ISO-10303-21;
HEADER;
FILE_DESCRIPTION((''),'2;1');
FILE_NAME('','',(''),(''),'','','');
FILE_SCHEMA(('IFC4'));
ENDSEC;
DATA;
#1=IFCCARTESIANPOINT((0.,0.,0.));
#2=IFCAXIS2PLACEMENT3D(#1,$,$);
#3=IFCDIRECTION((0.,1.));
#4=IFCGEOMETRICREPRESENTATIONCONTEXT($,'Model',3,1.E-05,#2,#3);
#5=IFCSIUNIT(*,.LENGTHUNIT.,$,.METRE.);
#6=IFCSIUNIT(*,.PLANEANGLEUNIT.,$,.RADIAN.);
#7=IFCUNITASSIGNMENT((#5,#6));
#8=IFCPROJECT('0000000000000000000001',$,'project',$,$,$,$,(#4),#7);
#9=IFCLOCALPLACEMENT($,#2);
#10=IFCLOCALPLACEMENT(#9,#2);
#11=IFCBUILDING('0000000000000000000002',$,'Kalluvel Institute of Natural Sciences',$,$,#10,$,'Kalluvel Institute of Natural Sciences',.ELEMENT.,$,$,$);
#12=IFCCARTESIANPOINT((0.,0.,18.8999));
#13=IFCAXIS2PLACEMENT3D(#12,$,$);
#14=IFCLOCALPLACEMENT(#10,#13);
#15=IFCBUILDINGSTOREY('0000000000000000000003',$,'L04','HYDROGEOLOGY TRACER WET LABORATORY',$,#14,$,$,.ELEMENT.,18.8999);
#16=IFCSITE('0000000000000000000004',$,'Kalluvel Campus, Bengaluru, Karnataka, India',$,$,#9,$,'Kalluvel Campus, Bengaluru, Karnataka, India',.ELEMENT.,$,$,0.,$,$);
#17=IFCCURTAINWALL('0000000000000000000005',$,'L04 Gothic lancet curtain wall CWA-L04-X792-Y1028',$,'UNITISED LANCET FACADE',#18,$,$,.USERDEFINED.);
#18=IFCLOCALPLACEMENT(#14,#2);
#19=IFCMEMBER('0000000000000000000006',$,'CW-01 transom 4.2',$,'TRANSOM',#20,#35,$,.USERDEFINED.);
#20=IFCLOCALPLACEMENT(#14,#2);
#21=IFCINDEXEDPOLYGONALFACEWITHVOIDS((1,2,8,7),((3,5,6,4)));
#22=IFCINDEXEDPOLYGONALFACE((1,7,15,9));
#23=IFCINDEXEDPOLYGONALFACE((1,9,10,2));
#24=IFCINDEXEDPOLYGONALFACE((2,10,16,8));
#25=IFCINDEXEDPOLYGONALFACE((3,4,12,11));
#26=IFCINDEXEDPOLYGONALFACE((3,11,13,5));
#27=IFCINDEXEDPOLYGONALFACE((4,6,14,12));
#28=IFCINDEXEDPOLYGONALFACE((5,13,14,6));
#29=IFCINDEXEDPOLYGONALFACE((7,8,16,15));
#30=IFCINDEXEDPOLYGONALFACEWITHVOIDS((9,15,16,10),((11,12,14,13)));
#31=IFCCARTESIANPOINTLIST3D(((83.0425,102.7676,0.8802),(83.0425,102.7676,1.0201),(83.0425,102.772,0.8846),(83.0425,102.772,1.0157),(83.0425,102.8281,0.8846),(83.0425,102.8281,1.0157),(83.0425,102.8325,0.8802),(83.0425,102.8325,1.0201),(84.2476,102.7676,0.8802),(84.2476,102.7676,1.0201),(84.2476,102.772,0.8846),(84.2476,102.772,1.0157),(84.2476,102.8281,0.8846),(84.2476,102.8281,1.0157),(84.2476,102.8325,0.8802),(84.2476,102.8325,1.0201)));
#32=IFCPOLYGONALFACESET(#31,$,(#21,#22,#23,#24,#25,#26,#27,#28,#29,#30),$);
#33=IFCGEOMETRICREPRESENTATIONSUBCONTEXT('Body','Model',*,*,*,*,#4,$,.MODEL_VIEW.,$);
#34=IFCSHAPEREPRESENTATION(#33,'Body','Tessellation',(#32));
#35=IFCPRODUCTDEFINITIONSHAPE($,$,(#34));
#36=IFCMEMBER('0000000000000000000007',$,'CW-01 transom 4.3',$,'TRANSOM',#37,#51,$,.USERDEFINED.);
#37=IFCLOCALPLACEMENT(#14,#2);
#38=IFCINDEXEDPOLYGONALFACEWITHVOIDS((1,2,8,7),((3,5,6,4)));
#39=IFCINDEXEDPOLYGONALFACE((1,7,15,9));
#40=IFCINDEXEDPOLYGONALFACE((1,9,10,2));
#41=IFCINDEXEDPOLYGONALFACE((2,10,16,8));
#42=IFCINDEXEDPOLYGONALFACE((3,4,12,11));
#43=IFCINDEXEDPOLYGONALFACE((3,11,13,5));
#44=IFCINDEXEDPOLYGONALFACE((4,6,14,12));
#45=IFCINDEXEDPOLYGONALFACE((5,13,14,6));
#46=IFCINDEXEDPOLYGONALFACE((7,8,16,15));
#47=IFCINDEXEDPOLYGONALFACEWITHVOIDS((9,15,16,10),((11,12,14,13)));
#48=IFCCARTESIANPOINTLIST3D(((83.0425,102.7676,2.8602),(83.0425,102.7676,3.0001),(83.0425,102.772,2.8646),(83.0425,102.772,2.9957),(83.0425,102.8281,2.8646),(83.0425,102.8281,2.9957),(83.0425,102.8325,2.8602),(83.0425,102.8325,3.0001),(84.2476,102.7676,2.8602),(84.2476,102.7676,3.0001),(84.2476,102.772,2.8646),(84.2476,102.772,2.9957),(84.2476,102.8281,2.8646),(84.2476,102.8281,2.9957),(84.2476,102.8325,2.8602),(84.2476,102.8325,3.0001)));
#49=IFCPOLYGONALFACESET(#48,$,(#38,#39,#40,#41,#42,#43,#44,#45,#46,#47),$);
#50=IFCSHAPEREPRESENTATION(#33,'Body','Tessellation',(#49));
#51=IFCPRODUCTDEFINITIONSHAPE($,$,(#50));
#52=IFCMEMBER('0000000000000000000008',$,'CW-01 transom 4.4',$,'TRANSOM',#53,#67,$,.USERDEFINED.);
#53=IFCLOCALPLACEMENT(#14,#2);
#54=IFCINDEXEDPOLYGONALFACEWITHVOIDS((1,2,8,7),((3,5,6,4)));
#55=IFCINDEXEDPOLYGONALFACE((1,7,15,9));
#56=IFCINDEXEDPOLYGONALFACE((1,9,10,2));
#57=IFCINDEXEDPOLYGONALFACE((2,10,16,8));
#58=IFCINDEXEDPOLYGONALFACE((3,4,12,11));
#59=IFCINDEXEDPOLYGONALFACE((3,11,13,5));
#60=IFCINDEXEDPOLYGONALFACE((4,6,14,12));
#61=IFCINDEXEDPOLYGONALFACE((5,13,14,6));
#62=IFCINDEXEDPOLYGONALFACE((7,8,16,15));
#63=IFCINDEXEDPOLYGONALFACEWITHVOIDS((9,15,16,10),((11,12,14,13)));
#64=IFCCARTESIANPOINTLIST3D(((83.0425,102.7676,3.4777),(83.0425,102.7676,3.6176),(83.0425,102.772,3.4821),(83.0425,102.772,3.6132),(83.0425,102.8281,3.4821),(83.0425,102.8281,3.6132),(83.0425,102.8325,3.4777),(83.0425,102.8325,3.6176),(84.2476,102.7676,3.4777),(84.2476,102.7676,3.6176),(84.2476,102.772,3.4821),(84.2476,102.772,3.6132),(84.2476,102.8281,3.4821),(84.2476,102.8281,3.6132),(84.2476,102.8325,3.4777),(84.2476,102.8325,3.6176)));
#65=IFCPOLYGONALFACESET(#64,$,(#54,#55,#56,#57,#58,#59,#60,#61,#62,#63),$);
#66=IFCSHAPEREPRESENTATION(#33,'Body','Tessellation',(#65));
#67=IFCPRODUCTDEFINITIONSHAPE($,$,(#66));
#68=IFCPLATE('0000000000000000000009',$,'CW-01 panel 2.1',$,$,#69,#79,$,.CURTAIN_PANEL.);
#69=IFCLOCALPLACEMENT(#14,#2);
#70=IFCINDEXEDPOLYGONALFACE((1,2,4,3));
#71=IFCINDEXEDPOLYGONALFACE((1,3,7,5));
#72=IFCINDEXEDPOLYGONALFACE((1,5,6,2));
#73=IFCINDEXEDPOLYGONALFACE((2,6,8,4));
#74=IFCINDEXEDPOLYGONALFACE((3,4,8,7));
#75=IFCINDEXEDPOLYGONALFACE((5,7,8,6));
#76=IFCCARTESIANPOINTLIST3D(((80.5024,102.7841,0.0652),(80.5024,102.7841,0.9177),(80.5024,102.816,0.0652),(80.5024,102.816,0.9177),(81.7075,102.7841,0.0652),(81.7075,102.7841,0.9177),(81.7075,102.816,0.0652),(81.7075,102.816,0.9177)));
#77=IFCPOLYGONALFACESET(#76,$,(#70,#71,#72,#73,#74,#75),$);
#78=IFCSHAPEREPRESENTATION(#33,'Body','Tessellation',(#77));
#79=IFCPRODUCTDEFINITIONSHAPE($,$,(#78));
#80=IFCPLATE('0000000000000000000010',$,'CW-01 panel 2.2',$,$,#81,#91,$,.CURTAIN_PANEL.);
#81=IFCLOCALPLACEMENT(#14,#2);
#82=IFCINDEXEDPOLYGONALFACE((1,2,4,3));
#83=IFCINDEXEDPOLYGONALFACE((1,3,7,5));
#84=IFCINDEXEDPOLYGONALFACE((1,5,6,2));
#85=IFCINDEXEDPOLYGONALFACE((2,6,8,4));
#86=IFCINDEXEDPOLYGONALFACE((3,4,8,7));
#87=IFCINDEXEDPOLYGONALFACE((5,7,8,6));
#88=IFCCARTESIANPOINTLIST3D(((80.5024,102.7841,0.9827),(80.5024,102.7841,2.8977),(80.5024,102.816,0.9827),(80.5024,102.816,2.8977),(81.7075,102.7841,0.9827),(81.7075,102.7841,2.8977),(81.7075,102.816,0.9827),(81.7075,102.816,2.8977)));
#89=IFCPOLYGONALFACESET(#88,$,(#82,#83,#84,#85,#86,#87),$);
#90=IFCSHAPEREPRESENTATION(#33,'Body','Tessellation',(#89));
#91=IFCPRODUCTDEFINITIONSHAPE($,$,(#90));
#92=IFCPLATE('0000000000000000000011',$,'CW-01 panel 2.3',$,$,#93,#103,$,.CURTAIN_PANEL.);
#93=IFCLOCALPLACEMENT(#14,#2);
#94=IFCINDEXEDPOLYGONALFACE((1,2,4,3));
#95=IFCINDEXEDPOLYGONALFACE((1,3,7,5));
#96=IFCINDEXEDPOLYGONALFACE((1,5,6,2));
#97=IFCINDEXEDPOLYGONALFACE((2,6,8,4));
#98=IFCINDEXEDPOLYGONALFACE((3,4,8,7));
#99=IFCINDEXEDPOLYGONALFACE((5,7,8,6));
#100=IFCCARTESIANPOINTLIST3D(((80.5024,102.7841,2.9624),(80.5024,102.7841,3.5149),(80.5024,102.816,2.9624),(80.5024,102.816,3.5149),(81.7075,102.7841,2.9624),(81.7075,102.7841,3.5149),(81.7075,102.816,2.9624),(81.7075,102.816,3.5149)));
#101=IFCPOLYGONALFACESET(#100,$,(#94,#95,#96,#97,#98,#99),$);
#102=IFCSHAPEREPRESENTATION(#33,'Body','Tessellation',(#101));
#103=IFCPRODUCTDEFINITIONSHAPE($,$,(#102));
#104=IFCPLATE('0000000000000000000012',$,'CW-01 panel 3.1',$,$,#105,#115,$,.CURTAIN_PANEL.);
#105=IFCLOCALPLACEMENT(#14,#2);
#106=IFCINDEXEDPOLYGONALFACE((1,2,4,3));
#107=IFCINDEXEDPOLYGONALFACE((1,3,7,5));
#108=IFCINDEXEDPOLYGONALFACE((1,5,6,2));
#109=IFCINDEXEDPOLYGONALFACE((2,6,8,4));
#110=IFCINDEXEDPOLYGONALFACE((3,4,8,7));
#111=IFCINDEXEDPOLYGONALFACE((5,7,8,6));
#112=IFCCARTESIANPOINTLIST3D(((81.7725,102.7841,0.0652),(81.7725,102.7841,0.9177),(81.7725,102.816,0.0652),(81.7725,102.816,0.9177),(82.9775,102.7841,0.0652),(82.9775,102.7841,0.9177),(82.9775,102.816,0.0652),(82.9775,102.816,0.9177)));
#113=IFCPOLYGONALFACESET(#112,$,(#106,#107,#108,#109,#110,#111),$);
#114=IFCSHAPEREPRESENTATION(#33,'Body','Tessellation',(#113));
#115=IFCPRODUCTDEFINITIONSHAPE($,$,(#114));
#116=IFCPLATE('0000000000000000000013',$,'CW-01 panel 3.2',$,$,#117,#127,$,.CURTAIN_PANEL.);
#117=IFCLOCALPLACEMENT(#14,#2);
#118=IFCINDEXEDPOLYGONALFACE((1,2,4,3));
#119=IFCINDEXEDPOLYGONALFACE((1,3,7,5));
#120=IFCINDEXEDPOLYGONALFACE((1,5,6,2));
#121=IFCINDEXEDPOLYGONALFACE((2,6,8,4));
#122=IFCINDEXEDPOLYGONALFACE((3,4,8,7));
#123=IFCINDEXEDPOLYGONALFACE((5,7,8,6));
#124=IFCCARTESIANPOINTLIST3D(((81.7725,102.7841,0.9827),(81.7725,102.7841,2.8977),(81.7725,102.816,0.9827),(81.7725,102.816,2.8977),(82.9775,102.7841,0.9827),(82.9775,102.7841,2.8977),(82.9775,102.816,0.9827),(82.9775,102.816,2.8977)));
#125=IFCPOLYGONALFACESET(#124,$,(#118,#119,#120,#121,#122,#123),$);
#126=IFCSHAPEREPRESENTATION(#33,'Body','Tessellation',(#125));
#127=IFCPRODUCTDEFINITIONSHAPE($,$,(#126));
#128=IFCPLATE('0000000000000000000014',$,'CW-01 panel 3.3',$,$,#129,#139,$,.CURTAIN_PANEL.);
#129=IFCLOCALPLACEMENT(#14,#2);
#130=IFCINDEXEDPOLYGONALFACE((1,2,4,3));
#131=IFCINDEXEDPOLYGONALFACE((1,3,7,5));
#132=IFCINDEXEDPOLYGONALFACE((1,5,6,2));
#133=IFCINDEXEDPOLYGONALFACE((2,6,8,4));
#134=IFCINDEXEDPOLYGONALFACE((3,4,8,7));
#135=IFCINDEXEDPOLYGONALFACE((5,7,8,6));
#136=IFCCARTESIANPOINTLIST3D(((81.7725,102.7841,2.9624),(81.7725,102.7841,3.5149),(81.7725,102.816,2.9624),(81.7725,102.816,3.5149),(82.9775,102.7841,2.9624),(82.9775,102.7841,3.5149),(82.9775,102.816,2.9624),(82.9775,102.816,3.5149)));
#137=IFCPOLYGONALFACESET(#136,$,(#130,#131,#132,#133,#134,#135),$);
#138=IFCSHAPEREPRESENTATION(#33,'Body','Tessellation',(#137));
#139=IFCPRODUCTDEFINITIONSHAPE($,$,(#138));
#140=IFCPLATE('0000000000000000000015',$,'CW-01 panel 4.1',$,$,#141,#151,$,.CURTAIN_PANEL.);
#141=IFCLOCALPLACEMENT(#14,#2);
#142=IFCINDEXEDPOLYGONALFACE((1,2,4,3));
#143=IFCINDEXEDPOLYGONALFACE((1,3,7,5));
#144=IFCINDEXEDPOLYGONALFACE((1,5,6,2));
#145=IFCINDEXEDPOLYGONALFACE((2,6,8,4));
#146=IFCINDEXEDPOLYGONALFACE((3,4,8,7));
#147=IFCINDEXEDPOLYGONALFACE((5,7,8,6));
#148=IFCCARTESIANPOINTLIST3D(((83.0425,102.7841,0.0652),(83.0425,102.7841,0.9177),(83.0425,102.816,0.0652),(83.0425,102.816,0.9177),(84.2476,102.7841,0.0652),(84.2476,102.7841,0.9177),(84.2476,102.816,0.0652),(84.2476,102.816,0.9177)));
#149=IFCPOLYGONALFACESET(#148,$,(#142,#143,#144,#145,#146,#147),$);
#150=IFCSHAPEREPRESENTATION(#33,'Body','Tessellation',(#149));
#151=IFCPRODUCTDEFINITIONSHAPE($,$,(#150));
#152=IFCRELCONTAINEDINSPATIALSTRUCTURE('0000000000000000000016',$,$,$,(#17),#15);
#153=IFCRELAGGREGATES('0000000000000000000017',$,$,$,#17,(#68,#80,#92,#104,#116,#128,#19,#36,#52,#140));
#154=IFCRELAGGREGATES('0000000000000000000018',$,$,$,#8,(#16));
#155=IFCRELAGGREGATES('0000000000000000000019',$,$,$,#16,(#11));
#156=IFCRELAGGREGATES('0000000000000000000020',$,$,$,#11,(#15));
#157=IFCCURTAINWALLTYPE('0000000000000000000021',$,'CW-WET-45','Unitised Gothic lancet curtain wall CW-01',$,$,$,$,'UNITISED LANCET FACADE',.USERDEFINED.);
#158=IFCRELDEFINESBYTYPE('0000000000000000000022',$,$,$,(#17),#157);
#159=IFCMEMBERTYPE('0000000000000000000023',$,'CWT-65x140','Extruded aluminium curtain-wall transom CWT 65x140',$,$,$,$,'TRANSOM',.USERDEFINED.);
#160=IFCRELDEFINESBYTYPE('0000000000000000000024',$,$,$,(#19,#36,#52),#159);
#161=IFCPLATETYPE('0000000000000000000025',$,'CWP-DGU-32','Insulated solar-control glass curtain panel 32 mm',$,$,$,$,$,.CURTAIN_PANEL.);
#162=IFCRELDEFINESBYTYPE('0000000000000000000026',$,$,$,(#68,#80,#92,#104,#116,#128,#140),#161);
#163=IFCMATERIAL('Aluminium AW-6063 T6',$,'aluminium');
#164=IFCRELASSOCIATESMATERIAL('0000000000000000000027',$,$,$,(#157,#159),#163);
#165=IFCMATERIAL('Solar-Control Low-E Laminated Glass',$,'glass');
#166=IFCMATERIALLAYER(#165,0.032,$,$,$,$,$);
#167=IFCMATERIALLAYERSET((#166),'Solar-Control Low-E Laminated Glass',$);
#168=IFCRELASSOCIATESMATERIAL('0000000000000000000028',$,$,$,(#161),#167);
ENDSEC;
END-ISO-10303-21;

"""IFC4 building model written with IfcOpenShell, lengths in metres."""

from ifc_helpers import new_model, si_unit, direction, frame, origin, origin_2d, place, context, subcontext, project, spatial, rectangle, hollow_rectangle, extrude, material, layer, layer_set, material_profile, profile_set, type_object, element, aggregate, save


model = new_model("IFC4")

# Units and contexts
model_context = context("Model", 3, precision=1e-05, world=origin(), true_north=direction((0.0, 1.0)))
body_context = subcontext(model_context, "Body", "Model", "MODEL_VIEW")
ifc_project = project(units=[si_unit("LENGTHUNIT", "METRE"), si_unit("PLANEANGLEUNIT", "RADIAN")], contexts=[model_context])

# Site, building, storey
site_placement = place(None, origin())
site = spatial("IfcSite", under=ifc_project, at=site_placement, Name="Kalluvel Campus, Bengaluru, Karnataka, India", LongName="Kalluvel Campus, Bengaluru, Karnataka, India", CompositionType="ELEMENT", RefElevation=0.0)
building_placement = place(site_placement, origin())
building = spatial("IfcBuilding", under=site, at=building_placement, Name="Kalluvel Institute of Natural Sciences", LongName="Kalluvel Institute of Natural Sciences", CompositionType="ELEMENT")
storey_placement = place(building_placement, frame((0.0, 0.0, 18.8999)))
storey = spatial("IfcBuildingStorey", under=building, at=storey_placement, Name="L04", Description="HYDROGEOLOGY TRACER WET LABORATORY", CompositionType="ELEMENT", Elevation=18.8999)

# Curtain wall, members, plates
ifc_material_1 = material(Name="Aluminium AW-6063 T6", Category="aluminium")
curtain_wall_type = type_object("IfcCurtainWallType", Name="CW-WET-45", Description="Unitised Gothic lancet curtain wall CW-01", ElementType="UNITISED LANCET FACADE", PredefinedType="USERDEFINED", material=ifc_material_1)
curtain_wall_placement = place(storey_placement, origin())
curtain_wall = element("IfcCurtainWall", 1, at=curtain_wall_placement, inside=storey, type_object=curtain_wall_type, Name="L04 Gothic lancet curtain wall CWA-L04-X792-Y1028", ObjectType="UNITISED LANCET FACADE", PredefinedType="USERDEFINED")
ifc_material_profile_1 = material_profile(ifc_material_1, hollow_rectangle(XDim=0.0649, YDim=0.1399, WallThickness=0.0044, at=origin_2d()), Name="CWT 65x140")
ifc_profile_set_1 = profile_set([ifc_material_profile_1], Name="Aluminium AW-6063 T6")
member_type_1 = type_object("IfcMemberType", Name="CWT-65x140", Description="Extruded aluminium curtain-wall transom CWT 65x140", ElementType="TRANSOM", PredefinedType="USERDEFINED", material=ifc_profile_set_1)
member_1_placement = place(storey_placement, frame((83.0425, 102.8, 0.9502), z_axis=(1.0, 0.0, 0.0), x_axis=(0.0, 1.0, 0.0)))
member_1 = element("IfcMember", 2, at=member_1_placement, type_object=member_type_1, Name="CW-01 transom 4.2", ObjectType="TRANSOM", PredefinedType="USERDEFINED", context=body_context, shape_type="SweptSolid", body=[
    extrude(hollow_rectangle(XDim=0.0649, YDim=0.1399, WallThickness=0.0044, at=origin_2d()), origin(), (0.0, 0.0, 1.0), 1.2051),
])
member_2_placement = place(storey_placement, frame((83.0425, 102.8, 2.9302), z_axis=(1.0, 0.0, 0.0), x_axis=(0.0, 1.0, 0.0)))
member_2 = element("IfcMember", 3, at=member_2_placement, type_object=member_type_1, Name="CW-01 transom 4.3", ObjectType="TRANSOM", PredefinedType="USERDEFINED", context=body_context, shape_type="SweptSolid", body=[
    extrude(hollow_rectangle(XDim=0.0649, YDim=0.1399, WallThickness=0.0044, at=origin_2d()), origin(), (0.0, 0.0, 1.0), 1.2051),
])
member_3_placement = place(storey_placement, frame((83.0425, 102.8, 3.5476), z_axis=(1.0, 0.0, 0.0), x_axis=(0.0, 1.0, 0.0)))
member_3 = element("IfcMember", 4, at=member_3_placement, type_object=member_type_1, Name="CW-01 transom 4.4", ObjectType="TRANSOM", PredefinedType="USERDEFINED", context=body_context, shape_type="SweptSolid", body=[
    extrude(hollow_rectangle(XDim=0.0649, YDim=0.1399, WallThickness=0.0044, at=origin_2d()), origin(), (0.0, 0.0, 1.0), 1.2051),
])
ifc_material_2 = material(Name="Solar-Control Low-E Laminated Glass", Category="glass")
ifc_layer = layer(ifc_material_2, 0.032)
ifc_layer_set = layer_set([ifc_layer], Name="Solar-Control Low-E Laminated Glass")
plate_type = type_object("IfcPlateType", Name="CWP-DGU-32", Description="Insulated solar-control glass curtain panel 32 mm", PredefinedType="CURTAIN_PANEL", material=ifc_layer_set)
plate_1_placement = place(storey_placement, frame((81.105, 102.8, 0.0652), z_axis=(0.0, 0.0, 1.0), x_axis=(1.0, 0.0, 0.0)))
plate_1 = element("IfcPlate", 5, at=plate_1_placement, type_object=plate_type, Name="CW-01 panel 2.1", PredefinedType="CURTAIN_PANEL", context=body_context, shape_type="SweptSolid", body=[
    extrude(rectangle(XDim=1.2051, YDim=0.032, at=origin_2d()), origin(), (0.0, 0.0, 1.0), 0.8525),
])
plate_2_placement = place(storey_placement, frame((81.105, 102.8, 0.9827), z_axis=(0.0, 0.0, 1.0), x_axis=(1.0, 0.0, 0.0)))
plate_2 = element("IfcPlate", 6, at=plate_2_placement, type_object=plate_type, Name="CW-01 panel 2.2", PredefinedType="CURTAIN_PANEL", context=body_context, shape_type="SweptSolid", body=[
    extrude(rectangle(XDim=1.2051, YDim=0.032, at=origin_2d()), origin(), (0.0, 0.0, 1.0), 1.915),
])
plate_3_placement = place(storey_placement, frame((81.105, 102.8, 2.9624), z_axis=(0.0, 0.0, 1.0), x_axis=(1.0, 0.0, 0.0)))
plate_3 = element("IfcPlate", 7, at=plate_3_placement, type_object=plate_type, Name="CW-01 panel 2.3", PredefinedType="CURTAIN_PANEL", context=body_context, shape_type="SweptSolid", body=[
    extrude(rectangle(XDim=1.2051, YDim=0.032, at=origin_2d()), origin(), (0.0, 0.0, 1.0), 0.5525),
])
plate_4_placement = place(storey_placement, frame((82.375, 102.8, 0.0652), z_axis=(0.0, 0.0, 1.0), x_axis=(1.0, 0.0, 0.0)))
plate_4 = element("IfcPlate", 8, at=plate_4_placement, type_object=plate_type, Name="CW-01 panel 3.1", PredefinedType="CURTAIN_PANEL", context=body_context, shape_type="SweptSolid", body=[
    extrude(rectangle(XDim=1.2051, YDim=0.032, at=origin_2d()), origin(), (0.0, 0.0, 1.0), 0.8525),
])
plate_5_placement = place(storey_placement, frame((82.375, 102.8, 0.9827), z_axis=(0.0, 0.0, 1.0), x_axis=(1.0, 0.0, 0.0)))
plate_5 = element("IfcPlate", 9, at=plate_5_placement, type_object=plate_type, Name="CW-01 panel 3.2", PredefinedType="CURTAIN_PANEL", context=body_context, shape_type="SweptSolid", body=[
    extrude(rectangle(XDim=1.2051, YDim=0.032, at=origin_2d()), origin(), (0.0, 0.0, 1.0), 1.915),
])
plate_6_placement = place(storey_placement, frame((82.375, 102.8, 2.9624), z_axis=(0.0, 0.0, 1.0), x_axis=(1.0, 0.0, 0.0)))
plate_6 = element("IfcPlate", 10, at=plate_6_placement, type_object=plate_type, Name="CW-01 panel 3.3", PredefinedType="CURTAIN_PANEL", context=body_context, shape_type="SweptSolid", body=[
    extrude(rectangle(XDim=1.2051, YDim=0.032, at=origin_2d()), origin(), (0.0, 0.0, 1.0), 0.5525),
])
plate_7_placement = place(storey_placement, frame((83.645, 102.8, 0.0652), z_axis=(0.0, 0.0, 1.0), x_axis=(1.0, 0.0, 0.0)))
plate_7 = element("IfcPlate", 11, at=plate_7_placement, type_object=plate_type, Name="CW-01 panel 4.1", PredefinedType="CURTAIN_PANEL", context=body_context, shape_type="SweptSolid", body=[
    extrude(rectangle(XDim=1.2051, YDim=0.032, at=origin_2d()), origin(), (0.0, 0.0, 1.0), 0.8525),
])
aggregate(curtain_wall, [plate_1, plate_2, plate_3, plate_4, plate_5, plate_6, member_1, member_2, member_3, plate_7])

save(model, "model.ifc")
